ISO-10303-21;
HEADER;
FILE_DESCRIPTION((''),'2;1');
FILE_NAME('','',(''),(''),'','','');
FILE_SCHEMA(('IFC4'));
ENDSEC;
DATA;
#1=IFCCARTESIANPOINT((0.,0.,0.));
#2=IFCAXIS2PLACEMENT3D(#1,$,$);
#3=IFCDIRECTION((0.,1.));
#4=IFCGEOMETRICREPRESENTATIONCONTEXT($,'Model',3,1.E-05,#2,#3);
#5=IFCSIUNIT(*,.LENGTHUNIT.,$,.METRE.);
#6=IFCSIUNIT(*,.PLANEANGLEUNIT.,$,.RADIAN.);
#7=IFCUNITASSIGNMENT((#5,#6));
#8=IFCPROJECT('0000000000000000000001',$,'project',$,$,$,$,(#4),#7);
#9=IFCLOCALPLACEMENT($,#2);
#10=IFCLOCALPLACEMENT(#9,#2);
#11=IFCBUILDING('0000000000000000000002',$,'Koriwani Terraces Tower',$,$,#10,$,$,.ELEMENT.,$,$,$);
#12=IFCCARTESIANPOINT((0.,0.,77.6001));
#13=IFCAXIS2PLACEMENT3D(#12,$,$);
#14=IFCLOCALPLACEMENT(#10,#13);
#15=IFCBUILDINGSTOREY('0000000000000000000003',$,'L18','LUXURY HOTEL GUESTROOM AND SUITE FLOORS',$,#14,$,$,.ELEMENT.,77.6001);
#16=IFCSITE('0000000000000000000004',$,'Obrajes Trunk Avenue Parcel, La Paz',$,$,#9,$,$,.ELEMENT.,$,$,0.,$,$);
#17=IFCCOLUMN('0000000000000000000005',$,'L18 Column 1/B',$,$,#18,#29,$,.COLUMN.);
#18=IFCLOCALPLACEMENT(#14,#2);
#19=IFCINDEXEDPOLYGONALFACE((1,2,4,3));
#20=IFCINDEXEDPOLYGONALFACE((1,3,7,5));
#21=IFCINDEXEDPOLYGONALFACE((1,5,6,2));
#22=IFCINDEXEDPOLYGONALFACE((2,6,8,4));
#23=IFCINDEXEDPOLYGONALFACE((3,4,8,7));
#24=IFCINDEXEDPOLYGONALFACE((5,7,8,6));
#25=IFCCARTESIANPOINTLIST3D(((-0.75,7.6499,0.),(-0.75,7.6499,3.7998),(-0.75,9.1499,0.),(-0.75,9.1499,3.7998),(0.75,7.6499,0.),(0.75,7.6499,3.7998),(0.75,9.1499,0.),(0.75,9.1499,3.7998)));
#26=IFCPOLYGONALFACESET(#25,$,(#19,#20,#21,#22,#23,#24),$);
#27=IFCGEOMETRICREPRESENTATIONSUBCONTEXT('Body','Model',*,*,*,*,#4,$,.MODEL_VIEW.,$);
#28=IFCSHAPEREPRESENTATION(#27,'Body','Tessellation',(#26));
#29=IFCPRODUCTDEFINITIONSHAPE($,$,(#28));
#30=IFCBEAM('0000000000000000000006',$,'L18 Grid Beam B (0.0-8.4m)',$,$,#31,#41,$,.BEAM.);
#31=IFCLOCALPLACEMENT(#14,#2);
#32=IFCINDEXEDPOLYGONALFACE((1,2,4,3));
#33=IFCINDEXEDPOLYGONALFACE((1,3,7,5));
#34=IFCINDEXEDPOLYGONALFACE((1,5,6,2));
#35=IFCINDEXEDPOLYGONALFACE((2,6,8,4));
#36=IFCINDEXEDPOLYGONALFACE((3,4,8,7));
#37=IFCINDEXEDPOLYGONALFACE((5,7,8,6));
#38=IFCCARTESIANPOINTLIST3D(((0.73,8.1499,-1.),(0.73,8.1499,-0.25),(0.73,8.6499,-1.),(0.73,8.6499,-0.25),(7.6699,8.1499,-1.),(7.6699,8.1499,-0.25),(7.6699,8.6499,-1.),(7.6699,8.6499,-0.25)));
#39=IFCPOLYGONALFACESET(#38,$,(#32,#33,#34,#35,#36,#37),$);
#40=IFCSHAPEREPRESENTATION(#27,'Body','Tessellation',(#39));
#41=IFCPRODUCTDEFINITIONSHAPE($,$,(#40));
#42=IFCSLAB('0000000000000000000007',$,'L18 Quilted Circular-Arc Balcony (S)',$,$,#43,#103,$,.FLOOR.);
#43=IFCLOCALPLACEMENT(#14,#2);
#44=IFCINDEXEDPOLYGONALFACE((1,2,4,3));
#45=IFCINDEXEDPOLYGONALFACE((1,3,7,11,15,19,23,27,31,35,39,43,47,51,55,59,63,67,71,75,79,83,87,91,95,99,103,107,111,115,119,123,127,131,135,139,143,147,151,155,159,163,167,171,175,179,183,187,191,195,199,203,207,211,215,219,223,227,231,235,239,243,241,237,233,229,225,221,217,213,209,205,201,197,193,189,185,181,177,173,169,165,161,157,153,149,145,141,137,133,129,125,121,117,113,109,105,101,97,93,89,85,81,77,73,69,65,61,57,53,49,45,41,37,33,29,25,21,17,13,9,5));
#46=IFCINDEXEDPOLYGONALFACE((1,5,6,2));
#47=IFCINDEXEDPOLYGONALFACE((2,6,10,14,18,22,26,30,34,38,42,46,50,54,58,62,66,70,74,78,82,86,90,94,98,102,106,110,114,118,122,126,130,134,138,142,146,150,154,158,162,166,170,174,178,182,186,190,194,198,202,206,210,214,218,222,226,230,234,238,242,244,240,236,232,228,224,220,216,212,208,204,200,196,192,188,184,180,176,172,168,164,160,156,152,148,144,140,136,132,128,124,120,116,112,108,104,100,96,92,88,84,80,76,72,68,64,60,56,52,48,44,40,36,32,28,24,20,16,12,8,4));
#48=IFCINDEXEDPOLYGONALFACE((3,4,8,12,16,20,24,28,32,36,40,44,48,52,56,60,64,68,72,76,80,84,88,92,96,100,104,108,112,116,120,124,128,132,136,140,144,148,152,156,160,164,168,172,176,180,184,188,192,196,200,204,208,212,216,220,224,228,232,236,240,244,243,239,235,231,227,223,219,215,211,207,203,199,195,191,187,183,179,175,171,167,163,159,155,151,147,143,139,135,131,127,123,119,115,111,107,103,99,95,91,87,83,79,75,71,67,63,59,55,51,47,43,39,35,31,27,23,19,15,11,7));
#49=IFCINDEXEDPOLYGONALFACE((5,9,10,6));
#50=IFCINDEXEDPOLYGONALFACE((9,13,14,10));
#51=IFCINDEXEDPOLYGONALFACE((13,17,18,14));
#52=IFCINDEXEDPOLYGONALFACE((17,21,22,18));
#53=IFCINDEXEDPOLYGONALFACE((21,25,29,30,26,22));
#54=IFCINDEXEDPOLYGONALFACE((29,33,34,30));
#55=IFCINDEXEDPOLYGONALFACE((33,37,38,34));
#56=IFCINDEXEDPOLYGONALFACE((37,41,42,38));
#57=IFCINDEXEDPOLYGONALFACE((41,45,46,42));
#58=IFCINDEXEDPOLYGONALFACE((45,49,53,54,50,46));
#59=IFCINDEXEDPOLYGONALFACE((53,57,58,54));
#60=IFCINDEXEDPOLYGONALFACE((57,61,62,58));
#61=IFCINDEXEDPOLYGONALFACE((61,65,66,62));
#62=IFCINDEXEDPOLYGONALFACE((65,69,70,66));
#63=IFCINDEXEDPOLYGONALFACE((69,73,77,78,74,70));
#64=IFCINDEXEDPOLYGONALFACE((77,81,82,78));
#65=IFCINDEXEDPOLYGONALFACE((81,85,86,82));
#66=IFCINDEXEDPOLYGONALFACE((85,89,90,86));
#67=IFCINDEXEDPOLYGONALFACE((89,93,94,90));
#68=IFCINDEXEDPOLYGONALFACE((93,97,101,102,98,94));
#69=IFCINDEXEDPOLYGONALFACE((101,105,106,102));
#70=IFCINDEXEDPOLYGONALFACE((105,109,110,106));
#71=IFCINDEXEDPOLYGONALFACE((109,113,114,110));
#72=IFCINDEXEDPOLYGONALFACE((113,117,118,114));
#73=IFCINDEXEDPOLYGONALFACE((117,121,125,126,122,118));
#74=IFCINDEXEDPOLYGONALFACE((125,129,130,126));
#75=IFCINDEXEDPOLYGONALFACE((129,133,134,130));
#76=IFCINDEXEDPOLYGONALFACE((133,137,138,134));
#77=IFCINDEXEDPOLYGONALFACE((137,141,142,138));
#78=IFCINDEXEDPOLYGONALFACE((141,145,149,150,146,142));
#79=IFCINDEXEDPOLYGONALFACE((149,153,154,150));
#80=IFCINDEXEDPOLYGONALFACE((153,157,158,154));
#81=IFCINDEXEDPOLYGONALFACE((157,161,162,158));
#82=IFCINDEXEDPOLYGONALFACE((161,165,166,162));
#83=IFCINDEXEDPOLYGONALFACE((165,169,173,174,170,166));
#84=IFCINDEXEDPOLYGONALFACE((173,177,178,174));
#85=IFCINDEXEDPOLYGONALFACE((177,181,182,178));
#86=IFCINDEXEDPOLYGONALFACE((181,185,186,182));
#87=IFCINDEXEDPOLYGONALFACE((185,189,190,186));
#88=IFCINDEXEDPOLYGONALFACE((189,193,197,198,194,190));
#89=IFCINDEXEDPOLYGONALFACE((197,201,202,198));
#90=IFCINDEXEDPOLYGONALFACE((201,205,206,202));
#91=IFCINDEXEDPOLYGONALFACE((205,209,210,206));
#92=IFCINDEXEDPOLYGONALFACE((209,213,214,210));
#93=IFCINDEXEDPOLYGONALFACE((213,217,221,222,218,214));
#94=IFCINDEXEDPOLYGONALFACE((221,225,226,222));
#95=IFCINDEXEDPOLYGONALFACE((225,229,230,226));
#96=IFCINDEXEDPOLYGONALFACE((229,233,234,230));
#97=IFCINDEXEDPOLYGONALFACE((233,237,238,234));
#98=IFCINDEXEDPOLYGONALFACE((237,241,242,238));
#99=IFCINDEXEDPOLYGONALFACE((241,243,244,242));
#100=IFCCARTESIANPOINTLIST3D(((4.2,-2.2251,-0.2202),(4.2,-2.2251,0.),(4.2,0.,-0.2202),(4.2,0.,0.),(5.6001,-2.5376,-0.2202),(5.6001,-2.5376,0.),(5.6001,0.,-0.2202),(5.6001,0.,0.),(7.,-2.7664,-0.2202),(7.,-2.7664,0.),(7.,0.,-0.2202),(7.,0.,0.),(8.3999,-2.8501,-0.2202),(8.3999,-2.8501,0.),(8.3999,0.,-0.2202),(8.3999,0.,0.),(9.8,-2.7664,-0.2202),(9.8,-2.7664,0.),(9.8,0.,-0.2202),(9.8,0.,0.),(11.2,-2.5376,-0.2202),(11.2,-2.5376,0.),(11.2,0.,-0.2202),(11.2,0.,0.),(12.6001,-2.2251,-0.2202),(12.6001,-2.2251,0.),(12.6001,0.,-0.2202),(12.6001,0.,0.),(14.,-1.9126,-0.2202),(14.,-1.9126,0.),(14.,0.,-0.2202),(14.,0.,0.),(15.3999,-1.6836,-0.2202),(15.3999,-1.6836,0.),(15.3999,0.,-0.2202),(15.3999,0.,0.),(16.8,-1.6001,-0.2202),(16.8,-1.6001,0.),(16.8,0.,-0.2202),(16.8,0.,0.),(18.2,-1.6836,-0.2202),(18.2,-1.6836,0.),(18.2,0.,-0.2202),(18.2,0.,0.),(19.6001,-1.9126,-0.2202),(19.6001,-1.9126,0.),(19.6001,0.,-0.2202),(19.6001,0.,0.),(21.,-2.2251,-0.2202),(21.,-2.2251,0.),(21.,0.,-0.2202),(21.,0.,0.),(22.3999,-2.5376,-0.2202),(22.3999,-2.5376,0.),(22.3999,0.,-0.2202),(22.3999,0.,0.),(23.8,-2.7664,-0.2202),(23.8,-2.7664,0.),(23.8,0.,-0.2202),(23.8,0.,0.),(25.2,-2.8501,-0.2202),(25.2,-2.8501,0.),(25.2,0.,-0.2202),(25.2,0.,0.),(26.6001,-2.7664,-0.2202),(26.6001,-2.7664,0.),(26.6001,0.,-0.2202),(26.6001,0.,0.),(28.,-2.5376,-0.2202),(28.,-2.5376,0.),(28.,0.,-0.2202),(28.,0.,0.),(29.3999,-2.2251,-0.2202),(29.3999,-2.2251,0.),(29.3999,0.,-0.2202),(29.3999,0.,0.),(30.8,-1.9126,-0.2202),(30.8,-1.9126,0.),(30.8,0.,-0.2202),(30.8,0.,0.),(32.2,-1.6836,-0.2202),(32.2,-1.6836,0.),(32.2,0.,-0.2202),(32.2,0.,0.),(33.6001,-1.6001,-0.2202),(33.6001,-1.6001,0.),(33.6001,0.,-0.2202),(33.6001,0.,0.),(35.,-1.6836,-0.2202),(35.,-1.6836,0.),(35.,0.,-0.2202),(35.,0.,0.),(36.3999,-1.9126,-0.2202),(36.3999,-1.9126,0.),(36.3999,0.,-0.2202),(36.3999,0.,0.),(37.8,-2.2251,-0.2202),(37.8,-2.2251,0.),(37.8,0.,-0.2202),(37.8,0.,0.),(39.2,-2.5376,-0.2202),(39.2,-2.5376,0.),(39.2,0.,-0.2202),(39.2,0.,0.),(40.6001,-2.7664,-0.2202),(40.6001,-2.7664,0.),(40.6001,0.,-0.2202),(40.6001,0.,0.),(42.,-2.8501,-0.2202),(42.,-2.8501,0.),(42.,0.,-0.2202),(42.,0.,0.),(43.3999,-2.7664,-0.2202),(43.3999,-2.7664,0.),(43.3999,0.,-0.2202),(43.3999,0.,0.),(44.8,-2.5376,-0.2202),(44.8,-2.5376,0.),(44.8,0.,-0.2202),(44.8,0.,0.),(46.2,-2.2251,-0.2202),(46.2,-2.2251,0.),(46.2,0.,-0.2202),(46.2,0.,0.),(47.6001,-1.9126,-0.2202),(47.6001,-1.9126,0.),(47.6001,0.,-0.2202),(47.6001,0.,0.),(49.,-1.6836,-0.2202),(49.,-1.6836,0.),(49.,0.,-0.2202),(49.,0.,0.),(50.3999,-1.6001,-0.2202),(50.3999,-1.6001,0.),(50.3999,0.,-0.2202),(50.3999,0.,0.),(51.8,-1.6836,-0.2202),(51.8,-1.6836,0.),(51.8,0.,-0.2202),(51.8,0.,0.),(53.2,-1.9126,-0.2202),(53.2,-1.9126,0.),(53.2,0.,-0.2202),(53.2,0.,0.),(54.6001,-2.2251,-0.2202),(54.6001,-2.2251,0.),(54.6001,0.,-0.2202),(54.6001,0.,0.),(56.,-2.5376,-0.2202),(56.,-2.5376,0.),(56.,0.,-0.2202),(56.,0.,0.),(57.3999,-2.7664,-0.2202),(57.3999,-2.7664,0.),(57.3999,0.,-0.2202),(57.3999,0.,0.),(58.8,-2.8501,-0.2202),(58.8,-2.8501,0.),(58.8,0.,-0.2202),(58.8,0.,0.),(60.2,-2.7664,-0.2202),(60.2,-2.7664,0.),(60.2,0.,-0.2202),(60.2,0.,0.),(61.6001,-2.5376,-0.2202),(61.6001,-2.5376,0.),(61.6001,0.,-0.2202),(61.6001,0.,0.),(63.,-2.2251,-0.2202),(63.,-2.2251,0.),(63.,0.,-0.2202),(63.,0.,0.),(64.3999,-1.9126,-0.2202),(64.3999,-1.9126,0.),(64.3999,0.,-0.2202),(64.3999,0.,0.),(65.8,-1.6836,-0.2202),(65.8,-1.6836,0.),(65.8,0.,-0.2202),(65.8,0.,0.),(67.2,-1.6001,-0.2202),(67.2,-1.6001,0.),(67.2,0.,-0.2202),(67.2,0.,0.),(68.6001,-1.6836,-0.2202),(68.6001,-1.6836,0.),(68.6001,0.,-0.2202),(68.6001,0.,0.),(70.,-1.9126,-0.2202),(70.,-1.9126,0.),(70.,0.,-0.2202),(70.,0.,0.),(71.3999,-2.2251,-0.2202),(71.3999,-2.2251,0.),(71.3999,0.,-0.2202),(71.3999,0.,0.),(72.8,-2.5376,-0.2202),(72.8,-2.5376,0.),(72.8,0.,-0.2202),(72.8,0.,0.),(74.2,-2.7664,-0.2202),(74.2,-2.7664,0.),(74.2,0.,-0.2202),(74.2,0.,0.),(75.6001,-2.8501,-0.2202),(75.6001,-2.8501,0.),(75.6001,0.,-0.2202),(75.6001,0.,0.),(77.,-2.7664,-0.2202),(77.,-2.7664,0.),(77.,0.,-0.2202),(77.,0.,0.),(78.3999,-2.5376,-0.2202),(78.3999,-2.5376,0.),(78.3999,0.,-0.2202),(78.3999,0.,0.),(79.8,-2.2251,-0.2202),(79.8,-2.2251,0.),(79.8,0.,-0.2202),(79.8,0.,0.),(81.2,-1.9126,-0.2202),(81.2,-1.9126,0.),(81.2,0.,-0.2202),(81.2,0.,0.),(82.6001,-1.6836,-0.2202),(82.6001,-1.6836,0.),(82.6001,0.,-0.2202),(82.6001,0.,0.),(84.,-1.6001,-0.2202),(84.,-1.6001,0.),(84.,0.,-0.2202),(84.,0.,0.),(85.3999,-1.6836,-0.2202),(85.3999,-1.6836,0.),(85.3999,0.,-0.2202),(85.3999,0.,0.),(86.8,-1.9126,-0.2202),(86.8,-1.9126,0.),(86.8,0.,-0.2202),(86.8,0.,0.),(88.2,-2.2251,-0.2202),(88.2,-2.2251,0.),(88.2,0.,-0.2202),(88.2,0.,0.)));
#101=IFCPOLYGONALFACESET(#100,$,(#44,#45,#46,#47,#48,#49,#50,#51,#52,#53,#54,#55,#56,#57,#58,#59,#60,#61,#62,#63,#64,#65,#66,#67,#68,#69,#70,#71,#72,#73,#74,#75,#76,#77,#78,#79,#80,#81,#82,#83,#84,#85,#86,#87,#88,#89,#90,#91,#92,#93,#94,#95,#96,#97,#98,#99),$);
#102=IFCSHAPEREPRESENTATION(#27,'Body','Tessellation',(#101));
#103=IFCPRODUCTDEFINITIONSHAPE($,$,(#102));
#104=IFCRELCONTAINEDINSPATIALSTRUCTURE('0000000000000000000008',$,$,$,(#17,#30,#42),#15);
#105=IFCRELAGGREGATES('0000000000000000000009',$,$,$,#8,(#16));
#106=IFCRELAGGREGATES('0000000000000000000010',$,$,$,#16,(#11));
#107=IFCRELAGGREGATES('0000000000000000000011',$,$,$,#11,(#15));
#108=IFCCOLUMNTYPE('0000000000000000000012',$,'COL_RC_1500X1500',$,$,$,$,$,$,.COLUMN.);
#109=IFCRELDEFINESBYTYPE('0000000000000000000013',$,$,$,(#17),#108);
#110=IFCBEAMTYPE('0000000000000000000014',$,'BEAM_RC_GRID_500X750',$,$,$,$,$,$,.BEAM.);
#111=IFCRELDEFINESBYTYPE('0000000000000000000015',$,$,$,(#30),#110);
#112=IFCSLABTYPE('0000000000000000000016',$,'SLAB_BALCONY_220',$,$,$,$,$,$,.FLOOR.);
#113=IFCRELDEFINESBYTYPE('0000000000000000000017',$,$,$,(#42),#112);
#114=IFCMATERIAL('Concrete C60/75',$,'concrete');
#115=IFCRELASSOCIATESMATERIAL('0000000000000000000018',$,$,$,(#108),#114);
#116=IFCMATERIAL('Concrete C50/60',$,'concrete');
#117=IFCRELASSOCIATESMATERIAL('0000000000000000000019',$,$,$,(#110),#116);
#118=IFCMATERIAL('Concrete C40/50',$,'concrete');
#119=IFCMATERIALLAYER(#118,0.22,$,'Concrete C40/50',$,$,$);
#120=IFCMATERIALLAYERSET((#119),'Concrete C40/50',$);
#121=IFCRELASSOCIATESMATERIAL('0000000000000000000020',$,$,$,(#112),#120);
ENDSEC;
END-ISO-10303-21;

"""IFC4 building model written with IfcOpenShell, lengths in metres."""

from ifc_helpers import new_model, si_unit, direction, frame, origin, origin_2d, place, context, subcontext, project, spatial, polyline, rectangle, outline, extrude, material, layer, layer_set, material_profile, profile_set, type_object, element, save


model = new_model("IFC4")

# Units and contexts
model_context = context("Model", 3, precision=1e-05, world=origin(), true_north=direction((0.0, 1.0)))
body_context = subcontext(model_context, "Body", "Model", "MODEL_VIEW")
ifc_project = project(units=[si_unit("LENGTHUNIT", "METRE"), si_unit("PLANEANGLEUNIT", "RADIAN")], contexts=[model_context])

# Site, building, storey
site_placement = place(None, origin())
site = spatial("IfcSite", under=ifc_project, at=site_placement, Name="Obrajes Trunk Avenue Parcel, La Paz", CompositionType="ELEMENT", RefElevation=0.0)
building_placement = place(site_placement, origin())
building = spatial("IfcBuilding", under=site, at=building_placement, Name="Koriwani Terraces Tower", CompositionType="ELEMENT")
storey_placement = place(building_placement, frame((0.0, 0.0, 77.6001)))
storey = spatial("IfcBuildingStorey", under=building, at=storey_placement, Name="L18", Description="LUXURY HOTEL GUESTROOM AND SUITE FLOORS", CompositionType="ELEMENT", Elevation=77.6001)

# Column
ifc_material_1 = material(Name="Concrete C60/75", Category="concrete")
ifc_material_profile_1 = material_profile(ifc_material_1, rectangle(XDim=1.5, YDim=1.5, at=origin_2d()), Name="Concrete C60/75", Category="LoadBearing")
ifc_profile_set_1 = profile_set([ifc_material_profile_1], Name="Concrete C60/75")
column_type = type_object("IfcColumnType", Name="COL_RC_1500X1500", PredefinedType="COLUMN", material=ifc_profile_set_1)
column_placement = place(storey_placement, frame((0.0, 8.3999, 0.0), z_axis=(0.0, 0.0, 1.0), x_axis=(1.0, 0.0, 0.0)))
element("IfcColumn", 1, at=column_placement, inside=storey, type_object=column_type, Name="L18 Column 1/B", PredefinedType="COLUMN", context=body_context, shape_type="SweptSolid", body=[
    extrude(rectangle(XDim=1.5, YDim=1.5, at=origin_2d()), origin(), (0.0, 0.0, 1.0), 3.7998),
])

# Beam
ifc_material_2 = material(Name="Concrete C50/60", Category="concrete")
ifc_material_profile_2 = material_profile(ifc_material_2, rectangle(XDim=0.5, YDim=0.75, at=origin_2d()), Name="Concrete C50/60", Category="LoadBearing")
ifc_profile_set_2 = profile_set([ifc_material_profile_2], Name="Concrete C50/60")
beam_type = type_object("IfcBeamType", Name="BEAM_RC_GRID_500X750", PredefinedType="BEAM", material=ifc_profile_set_2)
beam_placement = place(storey_placement, frame((0.73, 8.3999, -0.625), z_axis=(1.0, 0.0, 0.0), x_axis=(0.0, 1.0, 0.0)))
element("IfcBeam", 2, at=beam_placement, inside=storey, type_object=beam_type, Name="L18 Grid Beam B (0.0-8.4m)", PredefinedType="BEAM", context=body_context, shape_type="SweptSolid", body=[
    extrude(rectangle(XDim=0.5, YDim=0.75, at=origin_2d()), origin(), (0.0, 0.0, 1.0), 6.9399),
])

# Slab
ifc_material_3 = material(Name="Concrete C40/50", Category="concrete")
ifc_layer_1 = layer(ifc_material_3, 0.22, Name="Concrete C40/50")
ifc_layer_set_1 = layer_set([ifc_layer_1], Name="Concrete C40/50")
slab_type_1 = type_object("IfcSlabType", Name="SLAB_BALCONY_220", PredefinedType="FLOOR", material=ifc_layer_set_1)
slab_1_placement = place(storey_placement, frame((0.0, 0.0, -0.2202)))
element("IfcSlab", 3, at=slab_1_placement, inside=storey, type_object=slab_type_1, Name="L18 Quilted Circular-Arc Balcony (S)", PredefinedType="FLOOR", context=body_context, shape_type="SweptSolid", body=[
    extrude(outline(polyline([(4.2, 0.0), (5.6001, 0.0), (7.0, 0.0), (8.3999, 0.0), (9.8, 0.0), (11.2, 0.0), (12.6001, 0.0), (14.0, 0.0), (15.3999, 0.0), (16.8, 0.0), (18.2, 0.0), (19.6001, 0.0), (21.0, 0.0), (22.3999, 0.0), (23.8, 0.0), (25.2, 0.0), (26.6001, 0.0), (28.0, 0.0), (29.3999, 0.0), (30.8, 0.0), (32.2, 0.0), (33.6001, 0.0), (35.0, 0.0), (36.3999, 0.0), (37.8, 0.0), (39.2, 0.0), (40.6001, 0.0), (42.0, 0.0), (43.3999, 0.0), (44.8, 0.0), (46.2, 0.0), (47.6001, 0.0), (49.0, 0.0), (50.3999, 0.0), (51.8, 0.0), (53.2, 0.0), (54.6001, 0.0), (56.0, 0.0), (57.3999, 0.0), (58.8, 0.0), (60.2, 0.0), (61.6001, 0.0), (63.0, 0.0), (64.3999, 0.0), (65.8, 0.0), (67.2, 0.0), (68.6001, 0.0), (70.0, 0.0), (71.3999, 0.0), (72.8, 0.0), (74.2, 0.0), (75.6001, 0.0), (77.0, 0.0), (78.3999, 0.0), (79.8, 0.0), (81.2, 0.0), (82.6001, 0.0), (84.0, 0.0), (85.3999, 0.0), (86.8, 0.0), (88.2, 0.0), (88.2, -2.2251), (86.8, -1.9126), (85.3999, -1.6836), (84.0, -1.6001), (82.6001, -1.6836), (81.2, -1.9126), (79.8, -2.2251), (78.3999, -2.5376), (77.0, -2.7664), (75.6001, -2.8501), (74.2, -2.7664), (72.8, -2.5376), (71.3999, -2.2251), (70.0, -1.9126), (68.6001, -1.6836), (67.2, -1.6001), (65.8, -1.6836), (64.3999, -1.9126), (63.0, -2.2251), (61.6001, -2.5376), (60.2, -2.7664), (58.8, -2.8501), (57.3999, -2.7664), (56.0, -2.5376), (54.6001, -2.2251), (53.2, -1.9126), (51.8, -1.6836), (50.3999, -1.6001), (49.0, -1.6836), (47.6001, -1.9126), (46.2, -2.2251), (44.8, -2.5376), (43.3999, -2.7664), (42.0, -2.8501), (40.6001, -2.7664), (39.2, -2.5376), (37.8, -2.2251), (36.3999, -1.9126), (35.0, -1.6836), (33.6001, -1.6001), (32.2, -1.6836), (30.8, -1.9126), (29.3999, -2.2251), (28.0, -2.5376), (26.6001, -2.7664), (25.2, -2.8501), (23.8, -2.7664), (22.3999, -2.5376), (21.0, -2.2251), (19.6001, -1.9126), (18.2, -1.6836), (16.8, -1.6001), (15.3999, -1.6836), (14.0, -1.9126), (12.6001, -2.2251), (11.2, -2.5376), (9.8, -2.7664), (8.3999, -2.8501), (7.0, -2.7664), (5.6001, -2.5376), (4.2, -2.2251), (4.2, 0.0)])), origin(), (0.0, 0.0, 1.0), 0.2202),
])

save(model, "model.ifc")
